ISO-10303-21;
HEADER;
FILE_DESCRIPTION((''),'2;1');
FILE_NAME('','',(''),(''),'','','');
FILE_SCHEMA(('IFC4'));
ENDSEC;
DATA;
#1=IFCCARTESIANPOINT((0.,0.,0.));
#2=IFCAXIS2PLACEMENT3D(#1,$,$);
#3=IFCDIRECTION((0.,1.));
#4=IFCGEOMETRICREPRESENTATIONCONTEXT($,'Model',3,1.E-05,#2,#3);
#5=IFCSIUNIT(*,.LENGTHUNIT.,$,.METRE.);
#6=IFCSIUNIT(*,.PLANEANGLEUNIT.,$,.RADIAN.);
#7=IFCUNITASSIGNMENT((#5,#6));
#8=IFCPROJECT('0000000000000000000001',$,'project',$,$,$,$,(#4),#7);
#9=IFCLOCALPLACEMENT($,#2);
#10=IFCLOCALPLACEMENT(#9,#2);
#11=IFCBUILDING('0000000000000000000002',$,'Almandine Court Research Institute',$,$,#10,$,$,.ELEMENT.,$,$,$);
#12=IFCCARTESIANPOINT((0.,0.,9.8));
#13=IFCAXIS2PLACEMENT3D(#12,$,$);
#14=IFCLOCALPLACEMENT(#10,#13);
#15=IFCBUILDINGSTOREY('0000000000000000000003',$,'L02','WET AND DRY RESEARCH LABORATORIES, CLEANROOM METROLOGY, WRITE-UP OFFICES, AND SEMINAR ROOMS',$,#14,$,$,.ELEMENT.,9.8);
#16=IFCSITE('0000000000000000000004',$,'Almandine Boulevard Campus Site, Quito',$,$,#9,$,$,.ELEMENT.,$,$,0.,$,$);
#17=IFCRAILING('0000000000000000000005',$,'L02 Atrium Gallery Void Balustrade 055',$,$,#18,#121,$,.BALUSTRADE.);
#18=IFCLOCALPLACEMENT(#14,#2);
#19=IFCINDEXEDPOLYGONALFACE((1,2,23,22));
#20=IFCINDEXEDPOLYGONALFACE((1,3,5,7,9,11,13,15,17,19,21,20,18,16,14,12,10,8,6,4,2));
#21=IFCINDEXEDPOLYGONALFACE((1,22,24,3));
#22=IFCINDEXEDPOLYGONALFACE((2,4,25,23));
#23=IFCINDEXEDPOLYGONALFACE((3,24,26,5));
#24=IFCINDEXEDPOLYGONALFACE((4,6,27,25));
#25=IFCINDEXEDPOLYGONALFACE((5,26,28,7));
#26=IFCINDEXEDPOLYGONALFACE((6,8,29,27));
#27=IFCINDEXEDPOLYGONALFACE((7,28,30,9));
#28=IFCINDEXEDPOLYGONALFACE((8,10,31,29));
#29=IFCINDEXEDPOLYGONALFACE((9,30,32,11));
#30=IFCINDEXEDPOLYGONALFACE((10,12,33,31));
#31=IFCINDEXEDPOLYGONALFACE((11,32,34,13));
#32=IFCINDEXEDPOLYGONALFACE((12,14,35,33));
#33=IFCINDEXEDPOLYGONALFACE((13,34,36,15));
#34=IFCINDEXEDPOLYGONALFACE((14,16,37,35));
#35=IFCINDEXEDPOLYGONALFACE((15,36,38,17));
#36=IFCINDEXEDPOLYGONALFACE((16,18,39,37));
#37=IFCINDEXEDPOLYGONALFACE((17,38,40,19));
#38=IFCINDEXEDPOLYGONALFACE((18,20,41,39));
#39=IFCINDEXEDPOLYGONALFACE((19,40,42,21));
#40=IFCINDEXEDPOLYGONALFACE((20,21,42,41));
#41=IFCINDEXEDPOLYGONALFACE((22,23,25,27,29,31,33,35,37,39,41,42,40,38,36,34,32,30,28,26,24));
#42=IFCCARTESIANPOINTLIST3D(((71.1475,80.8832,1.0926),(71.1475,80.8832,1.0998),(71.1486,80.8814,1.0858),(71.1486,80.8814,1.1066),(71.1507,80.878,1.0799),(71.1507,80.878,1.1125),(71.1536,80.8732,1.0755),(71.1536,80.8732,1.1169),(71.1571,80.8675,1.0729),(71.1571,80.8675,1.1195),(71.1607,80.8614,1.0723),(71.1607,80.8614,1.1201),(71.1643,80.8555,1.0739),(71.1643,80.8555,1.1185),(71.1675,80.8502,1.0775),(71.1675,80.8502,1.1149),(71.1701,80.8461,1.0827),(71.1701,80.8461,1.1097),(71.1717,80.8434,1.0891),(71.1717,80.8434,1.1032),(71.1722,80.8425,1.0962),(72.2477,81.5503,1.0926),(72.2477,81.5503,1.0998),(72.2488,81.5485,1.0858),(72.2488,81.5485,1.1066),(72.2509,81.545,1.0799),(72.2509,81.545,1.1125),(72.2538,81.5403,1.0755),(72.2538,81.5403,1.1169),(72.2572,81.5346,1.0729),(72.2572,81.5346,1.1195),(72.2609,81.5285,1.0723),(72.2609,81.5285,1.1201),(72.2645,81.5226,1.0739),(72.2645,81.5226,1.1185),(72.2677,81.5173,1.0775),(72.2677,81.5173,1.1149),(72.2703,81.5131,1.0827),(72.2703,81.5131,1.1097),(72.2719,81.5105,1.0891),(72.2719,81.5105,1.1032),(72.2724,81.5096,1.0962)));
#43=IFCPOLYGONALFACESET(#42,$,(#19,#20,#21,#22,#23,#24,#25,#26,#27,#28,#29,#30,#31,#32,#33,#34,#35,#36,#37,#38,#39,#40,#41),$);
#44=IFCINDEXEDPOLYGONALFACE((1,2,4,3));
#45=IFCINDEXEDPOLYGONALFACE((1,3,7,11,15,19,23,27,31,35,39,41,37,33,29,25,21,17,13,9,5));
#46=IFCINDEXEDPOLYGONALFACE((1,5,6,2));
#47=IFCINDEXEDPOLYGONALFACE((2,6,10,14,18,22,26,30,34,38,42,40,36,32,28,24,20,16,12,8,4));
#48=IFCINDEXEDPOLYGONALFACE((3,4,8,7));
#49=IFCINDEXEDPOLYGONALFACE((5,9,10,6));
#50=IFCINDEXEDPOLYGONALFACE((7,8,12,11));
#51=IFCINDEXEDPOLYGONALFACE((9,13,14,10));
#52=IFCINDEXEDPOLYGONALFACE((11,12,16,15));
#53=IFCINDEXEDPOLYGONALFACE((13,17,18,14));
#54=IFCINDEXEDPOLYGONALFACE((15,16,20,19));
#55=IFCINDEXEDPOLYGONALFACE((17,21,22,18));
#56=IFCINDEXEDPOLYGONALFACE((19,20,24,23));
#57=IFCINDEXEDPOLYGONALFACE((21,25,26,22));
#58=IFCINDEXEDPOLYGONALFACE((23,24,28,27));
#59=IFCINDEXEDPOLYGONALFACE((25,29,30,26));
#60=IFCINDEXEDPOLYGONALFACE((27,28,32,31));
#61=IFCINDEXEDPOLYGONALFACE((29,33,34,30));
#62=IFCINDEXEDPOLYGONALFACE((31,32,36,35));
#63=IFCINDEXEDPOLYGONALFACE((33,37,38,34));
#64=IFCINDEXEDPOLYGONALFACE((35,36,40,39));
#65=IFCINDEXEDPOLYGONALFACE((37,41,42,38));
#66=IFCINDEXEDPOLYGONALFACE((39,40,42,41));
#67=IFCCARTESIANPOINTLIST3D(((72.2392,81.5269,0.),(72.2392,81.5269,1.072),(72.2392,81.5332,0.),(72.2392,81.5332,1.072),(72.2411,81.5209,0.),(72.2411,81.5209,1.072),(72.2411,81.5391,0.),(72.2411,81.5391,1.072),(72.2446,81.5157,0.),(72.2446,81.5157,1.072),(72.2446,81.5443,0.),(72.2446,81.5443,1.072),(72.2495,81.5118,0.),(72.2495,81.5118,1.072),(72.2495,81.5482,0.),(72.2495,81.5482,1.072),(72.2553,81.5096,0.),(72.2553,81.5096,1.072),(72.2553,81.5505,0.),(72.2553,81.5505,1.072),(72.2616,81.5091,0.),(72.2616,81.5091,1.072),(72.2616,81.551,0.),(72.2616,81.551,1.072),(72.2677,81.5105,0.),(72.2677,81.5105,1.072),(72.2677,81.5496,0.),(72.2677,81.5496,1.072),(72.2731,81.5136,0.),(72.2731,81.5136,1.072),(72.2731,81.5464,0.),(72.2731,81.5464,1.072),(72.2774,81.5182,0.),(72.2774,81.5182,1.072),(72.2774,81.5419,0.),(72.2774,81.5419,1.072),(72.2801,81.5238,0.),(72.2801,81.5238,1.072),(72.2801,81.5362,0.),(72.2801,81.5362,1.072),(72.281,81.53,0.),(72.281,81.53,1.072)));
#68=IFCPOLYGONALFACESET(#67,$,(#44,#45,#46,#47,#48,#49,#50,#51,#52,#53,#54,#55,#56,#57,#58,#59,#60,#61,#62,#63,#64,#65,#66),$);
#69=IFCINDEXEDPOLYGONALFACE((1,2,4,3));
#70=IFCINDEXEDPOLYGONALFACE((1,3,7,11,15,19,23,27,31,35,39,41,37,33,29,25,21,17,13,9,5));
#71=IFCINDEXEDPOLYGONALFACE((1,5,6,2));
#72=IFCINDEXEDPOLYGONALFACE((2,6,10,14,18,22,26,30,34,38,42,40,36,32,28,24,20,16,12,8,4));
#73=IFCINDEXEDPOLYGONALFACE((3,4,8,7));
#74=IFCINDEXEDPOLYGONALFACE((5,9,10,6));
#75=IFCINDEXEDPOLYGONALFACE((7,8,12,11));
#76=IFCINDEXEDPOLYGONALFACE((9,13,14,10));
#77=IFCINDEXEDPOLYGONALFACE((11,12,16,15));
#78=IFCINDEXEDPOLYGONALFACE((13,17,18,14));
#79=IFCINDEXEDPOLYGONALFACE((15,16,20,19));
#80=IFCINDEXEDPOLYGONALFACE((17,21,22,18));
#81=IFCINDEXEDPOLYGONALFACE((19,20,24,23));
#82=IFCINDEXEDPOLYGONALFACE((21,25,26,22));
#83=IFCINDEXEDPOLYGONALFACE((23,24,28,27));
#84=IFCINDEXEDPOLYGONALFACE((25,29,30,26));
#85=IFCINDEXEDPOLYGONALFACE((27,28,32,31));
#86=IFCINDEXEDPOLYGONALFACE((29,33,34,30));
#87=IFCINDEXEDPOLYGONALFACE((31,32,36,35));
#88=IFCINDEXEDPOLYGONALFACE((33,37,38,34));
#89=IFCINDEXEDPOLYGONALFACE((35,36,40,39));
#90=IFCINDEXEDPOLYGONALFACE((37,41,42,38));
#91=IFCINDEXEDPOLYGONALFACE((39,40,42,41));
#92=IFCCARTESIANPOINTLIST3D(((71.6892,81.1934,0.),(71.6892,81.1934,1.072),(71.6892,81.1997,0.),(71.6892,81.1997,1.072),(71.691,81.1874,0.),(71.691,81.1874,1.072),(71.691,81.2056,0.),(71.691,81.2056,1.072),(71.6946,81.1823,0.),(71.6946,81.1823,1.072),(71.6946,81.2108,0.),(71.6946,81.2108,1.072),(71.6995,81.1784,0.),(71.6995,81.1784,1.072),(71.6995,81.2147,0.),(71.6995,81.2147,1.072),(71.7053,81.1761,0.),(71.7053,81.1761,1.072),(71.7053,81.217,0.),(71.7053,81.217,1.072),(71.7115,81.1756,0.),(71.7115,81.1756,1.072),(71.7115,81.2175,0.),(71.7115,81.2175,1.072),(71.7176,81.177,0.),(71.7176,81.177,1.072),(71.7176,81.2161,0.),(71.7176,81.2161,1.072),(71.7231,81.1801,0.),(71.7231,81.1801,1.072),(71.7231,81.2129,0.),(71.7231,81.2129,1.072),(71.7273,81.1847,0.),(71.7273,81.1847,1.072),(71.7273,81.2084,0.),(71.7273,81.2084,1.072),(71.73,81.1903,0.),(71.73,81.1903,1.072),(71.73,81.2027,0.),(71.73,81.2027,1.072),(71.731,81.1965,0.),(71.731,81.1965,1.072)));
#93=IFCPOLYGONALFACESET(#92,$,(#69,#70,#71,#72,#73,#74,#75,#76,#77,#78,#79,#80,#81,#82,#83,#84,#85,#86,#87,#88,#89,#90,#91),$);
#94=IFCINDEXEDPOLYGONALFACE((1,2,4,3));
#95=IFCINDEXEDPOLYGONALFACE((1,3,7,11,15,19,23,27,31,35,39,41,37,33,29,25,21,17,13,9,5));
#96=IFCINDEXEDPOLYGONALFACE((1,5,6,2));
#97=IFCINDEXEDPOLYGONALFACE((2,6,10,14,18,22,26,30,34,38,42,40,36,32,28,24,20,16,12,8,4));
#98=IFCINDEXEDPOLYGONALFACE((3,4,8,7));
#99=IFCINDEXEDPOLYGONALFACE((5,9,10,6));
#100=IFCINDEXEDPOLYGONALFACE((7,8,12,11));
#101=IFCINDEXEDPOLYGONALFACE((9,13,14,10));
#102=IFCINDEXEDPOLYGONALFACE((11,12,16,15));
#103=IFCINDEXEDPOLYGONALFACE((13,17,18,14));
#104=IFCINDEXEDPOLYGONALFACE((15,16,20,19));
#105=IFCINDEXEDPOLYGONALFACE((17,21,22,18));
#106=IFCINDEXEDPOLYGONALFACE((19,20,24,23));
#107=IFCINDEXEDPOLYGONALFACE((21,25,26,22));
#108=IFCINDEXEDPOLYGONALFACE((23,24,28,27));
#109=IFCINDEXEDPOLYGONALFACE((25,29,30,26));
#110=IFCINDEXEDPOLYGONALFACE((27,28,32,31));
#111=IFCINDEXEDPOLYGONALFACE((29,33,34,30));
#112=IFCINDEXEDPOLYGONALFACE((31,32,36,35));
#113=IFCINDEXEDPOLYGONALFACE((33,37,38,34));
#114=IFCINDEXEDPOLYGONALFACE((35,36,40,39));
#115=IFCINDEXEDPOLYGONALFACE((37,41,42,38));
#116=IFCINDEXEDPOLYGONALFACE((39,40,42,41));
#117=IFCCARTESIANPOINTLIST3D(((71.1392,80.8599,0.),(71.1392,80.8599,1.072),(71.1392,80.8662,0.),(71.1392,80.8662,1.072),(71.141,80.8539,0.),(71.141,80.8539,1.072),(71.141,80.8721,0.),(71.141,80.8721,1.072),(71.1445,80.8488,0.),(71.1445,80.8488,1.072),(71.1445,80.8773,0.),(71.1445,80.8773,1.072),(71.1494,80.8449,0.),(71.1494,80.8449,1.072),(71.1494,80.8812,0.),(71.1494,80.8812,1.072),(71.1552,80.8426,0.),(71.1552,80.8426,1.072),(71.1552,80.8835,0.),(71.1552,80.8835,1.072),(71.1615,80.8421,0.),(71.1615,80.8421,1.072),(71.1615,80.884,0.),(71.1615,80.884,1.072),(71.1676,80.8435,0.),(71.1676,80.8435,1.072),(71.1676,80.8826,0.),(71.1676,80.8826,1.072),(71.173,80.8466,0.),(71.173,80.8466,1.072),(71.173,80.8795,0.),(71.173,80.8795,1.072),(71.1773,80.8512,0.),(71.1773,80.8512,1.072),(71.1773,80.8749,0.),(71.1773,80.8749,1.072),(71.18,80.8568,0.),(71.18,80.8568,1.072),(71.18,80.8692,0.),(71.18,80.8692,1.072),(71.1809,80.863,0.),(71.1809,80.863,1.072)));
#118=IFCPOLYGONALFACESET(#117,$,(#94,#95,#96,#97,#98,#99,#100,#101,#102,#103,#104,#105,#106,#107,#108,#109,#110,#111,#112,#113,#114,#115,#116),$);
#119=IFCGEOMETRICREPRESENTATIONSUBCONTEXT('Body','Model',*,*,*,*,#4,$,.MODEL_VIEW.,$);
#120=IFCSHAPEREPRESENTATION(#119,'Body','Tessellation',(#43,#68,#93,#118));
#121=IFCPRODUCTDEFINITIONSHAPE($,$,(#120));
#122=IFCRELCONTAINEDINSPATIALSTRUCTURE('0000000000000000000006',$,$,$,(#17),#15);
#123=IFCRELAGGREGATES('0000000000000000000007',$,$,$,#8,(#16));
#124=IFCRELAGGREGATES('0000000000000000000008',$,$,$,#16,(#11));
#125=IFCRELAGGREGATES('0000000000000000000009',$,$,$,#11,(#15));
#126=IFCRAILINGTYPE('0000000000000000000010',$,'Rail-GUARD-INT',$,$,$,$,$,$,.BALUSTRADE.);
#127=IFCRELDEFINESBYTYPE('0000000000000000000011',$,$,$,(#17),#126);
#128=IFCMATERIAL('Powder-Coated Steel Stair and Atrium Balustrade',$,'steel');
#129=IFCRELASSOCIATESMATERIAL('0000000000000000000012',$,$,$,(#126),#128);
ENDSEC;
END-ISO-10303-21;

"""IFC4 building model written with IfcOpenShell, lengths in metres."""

from ifc_helpers import new_model, si_unit, direction, frame, origin, origin_2d, place, context, subcontext, project, spatial, circle, extrude, material, type_object, element, save


model = new_model("IFC4")

# Units and contexts
model_context = context("Model", 3, precision=1e-05, world=origin(), true_north=direction((0.0, 1.0)))
body_context = subcontext(model_context, "Body", "Model", "MODEL_VIEW")
ifc_project = project(units=[si_unit("LENGTHUNIT", "METRE"), si_unit("PLANEANGLEUNIT", "RADIAN")], contexts=[model_context])

# Site, building, storey
site_placement = place(None, origin())
site = spatial("IfcSite", under=ifc_project, at=site_placement, Name="Almandine Boulevard Campus Site, Quito", CompositionType="ELEMENT", RefElevation=0.0)
building_placement = place(site_placement, origin())
building = spatial("IfcBuilding", under=site, at=building_placement, Name="Almandine Court Research Institute", CompositionType="ELEMENT")
storey_placement = place(building_placement, frame((0.0, 0.0, 9.8)))
storey = spatial("IfcBuildingStorey", under=building, at=storey_placement, Name="L02", Description="WET AND DRY RESEARCH LABORATORIES, CLEANROOM METROLOGY, WRITE-UP OFFICES, AND SEMINAR ROOMS", CompositionType="ELEMENT", Elevation=9.8)

# Railing
ifc_material_1 = material(Name="Powder-Coated Steel Stair and Atrium Balustrade", Category="steel")
railing_type_1 = type_object("IfcRailingType", Name="Rail-GUARD-INT", PredefinedType="BALUSTRADE", material=ifc_material_1)
railing_1_placement = place(storey_placement, frame((72.26, 81.53, 0.0)))
element("IfcRailing", 1, at=railing_1_placement, inside=storey, type_object=railing_type_1, Name="L02 Atrium Gallery Void Balustrade 055", PredefinedType="BALUSTRADE", context=body_context, shape_type="SweptSolid", body=[
    extrude(circle(Radius=0.0239, at=origin_2d()), frame((0.0, 0.0, 1.0962), z_axis=(-0.855106, -0.518453, 0.0), x_axis=(0.518453, -0.855106, 0.0)), (0.0, 0.0, 1.0), 1.2866),
    extrude(circle(Radius=0.021, at=origin_2d()), origin(), (0.0, 0.0, 1.0), 1.072),
    extrude(circle(Radius=0.021, at=origin_2d()), frame((-0.55, -0.3335, 0.0)), (0.0, 0.0, 1.0), 1.072),
    extrude(circle(Radius=0.021, at=origin_2d()), frame((-1.1001, -0.667, 0.0)), (0.0, 0.0, 1.0), 1.072),
])

save(model, "model.ifc")
